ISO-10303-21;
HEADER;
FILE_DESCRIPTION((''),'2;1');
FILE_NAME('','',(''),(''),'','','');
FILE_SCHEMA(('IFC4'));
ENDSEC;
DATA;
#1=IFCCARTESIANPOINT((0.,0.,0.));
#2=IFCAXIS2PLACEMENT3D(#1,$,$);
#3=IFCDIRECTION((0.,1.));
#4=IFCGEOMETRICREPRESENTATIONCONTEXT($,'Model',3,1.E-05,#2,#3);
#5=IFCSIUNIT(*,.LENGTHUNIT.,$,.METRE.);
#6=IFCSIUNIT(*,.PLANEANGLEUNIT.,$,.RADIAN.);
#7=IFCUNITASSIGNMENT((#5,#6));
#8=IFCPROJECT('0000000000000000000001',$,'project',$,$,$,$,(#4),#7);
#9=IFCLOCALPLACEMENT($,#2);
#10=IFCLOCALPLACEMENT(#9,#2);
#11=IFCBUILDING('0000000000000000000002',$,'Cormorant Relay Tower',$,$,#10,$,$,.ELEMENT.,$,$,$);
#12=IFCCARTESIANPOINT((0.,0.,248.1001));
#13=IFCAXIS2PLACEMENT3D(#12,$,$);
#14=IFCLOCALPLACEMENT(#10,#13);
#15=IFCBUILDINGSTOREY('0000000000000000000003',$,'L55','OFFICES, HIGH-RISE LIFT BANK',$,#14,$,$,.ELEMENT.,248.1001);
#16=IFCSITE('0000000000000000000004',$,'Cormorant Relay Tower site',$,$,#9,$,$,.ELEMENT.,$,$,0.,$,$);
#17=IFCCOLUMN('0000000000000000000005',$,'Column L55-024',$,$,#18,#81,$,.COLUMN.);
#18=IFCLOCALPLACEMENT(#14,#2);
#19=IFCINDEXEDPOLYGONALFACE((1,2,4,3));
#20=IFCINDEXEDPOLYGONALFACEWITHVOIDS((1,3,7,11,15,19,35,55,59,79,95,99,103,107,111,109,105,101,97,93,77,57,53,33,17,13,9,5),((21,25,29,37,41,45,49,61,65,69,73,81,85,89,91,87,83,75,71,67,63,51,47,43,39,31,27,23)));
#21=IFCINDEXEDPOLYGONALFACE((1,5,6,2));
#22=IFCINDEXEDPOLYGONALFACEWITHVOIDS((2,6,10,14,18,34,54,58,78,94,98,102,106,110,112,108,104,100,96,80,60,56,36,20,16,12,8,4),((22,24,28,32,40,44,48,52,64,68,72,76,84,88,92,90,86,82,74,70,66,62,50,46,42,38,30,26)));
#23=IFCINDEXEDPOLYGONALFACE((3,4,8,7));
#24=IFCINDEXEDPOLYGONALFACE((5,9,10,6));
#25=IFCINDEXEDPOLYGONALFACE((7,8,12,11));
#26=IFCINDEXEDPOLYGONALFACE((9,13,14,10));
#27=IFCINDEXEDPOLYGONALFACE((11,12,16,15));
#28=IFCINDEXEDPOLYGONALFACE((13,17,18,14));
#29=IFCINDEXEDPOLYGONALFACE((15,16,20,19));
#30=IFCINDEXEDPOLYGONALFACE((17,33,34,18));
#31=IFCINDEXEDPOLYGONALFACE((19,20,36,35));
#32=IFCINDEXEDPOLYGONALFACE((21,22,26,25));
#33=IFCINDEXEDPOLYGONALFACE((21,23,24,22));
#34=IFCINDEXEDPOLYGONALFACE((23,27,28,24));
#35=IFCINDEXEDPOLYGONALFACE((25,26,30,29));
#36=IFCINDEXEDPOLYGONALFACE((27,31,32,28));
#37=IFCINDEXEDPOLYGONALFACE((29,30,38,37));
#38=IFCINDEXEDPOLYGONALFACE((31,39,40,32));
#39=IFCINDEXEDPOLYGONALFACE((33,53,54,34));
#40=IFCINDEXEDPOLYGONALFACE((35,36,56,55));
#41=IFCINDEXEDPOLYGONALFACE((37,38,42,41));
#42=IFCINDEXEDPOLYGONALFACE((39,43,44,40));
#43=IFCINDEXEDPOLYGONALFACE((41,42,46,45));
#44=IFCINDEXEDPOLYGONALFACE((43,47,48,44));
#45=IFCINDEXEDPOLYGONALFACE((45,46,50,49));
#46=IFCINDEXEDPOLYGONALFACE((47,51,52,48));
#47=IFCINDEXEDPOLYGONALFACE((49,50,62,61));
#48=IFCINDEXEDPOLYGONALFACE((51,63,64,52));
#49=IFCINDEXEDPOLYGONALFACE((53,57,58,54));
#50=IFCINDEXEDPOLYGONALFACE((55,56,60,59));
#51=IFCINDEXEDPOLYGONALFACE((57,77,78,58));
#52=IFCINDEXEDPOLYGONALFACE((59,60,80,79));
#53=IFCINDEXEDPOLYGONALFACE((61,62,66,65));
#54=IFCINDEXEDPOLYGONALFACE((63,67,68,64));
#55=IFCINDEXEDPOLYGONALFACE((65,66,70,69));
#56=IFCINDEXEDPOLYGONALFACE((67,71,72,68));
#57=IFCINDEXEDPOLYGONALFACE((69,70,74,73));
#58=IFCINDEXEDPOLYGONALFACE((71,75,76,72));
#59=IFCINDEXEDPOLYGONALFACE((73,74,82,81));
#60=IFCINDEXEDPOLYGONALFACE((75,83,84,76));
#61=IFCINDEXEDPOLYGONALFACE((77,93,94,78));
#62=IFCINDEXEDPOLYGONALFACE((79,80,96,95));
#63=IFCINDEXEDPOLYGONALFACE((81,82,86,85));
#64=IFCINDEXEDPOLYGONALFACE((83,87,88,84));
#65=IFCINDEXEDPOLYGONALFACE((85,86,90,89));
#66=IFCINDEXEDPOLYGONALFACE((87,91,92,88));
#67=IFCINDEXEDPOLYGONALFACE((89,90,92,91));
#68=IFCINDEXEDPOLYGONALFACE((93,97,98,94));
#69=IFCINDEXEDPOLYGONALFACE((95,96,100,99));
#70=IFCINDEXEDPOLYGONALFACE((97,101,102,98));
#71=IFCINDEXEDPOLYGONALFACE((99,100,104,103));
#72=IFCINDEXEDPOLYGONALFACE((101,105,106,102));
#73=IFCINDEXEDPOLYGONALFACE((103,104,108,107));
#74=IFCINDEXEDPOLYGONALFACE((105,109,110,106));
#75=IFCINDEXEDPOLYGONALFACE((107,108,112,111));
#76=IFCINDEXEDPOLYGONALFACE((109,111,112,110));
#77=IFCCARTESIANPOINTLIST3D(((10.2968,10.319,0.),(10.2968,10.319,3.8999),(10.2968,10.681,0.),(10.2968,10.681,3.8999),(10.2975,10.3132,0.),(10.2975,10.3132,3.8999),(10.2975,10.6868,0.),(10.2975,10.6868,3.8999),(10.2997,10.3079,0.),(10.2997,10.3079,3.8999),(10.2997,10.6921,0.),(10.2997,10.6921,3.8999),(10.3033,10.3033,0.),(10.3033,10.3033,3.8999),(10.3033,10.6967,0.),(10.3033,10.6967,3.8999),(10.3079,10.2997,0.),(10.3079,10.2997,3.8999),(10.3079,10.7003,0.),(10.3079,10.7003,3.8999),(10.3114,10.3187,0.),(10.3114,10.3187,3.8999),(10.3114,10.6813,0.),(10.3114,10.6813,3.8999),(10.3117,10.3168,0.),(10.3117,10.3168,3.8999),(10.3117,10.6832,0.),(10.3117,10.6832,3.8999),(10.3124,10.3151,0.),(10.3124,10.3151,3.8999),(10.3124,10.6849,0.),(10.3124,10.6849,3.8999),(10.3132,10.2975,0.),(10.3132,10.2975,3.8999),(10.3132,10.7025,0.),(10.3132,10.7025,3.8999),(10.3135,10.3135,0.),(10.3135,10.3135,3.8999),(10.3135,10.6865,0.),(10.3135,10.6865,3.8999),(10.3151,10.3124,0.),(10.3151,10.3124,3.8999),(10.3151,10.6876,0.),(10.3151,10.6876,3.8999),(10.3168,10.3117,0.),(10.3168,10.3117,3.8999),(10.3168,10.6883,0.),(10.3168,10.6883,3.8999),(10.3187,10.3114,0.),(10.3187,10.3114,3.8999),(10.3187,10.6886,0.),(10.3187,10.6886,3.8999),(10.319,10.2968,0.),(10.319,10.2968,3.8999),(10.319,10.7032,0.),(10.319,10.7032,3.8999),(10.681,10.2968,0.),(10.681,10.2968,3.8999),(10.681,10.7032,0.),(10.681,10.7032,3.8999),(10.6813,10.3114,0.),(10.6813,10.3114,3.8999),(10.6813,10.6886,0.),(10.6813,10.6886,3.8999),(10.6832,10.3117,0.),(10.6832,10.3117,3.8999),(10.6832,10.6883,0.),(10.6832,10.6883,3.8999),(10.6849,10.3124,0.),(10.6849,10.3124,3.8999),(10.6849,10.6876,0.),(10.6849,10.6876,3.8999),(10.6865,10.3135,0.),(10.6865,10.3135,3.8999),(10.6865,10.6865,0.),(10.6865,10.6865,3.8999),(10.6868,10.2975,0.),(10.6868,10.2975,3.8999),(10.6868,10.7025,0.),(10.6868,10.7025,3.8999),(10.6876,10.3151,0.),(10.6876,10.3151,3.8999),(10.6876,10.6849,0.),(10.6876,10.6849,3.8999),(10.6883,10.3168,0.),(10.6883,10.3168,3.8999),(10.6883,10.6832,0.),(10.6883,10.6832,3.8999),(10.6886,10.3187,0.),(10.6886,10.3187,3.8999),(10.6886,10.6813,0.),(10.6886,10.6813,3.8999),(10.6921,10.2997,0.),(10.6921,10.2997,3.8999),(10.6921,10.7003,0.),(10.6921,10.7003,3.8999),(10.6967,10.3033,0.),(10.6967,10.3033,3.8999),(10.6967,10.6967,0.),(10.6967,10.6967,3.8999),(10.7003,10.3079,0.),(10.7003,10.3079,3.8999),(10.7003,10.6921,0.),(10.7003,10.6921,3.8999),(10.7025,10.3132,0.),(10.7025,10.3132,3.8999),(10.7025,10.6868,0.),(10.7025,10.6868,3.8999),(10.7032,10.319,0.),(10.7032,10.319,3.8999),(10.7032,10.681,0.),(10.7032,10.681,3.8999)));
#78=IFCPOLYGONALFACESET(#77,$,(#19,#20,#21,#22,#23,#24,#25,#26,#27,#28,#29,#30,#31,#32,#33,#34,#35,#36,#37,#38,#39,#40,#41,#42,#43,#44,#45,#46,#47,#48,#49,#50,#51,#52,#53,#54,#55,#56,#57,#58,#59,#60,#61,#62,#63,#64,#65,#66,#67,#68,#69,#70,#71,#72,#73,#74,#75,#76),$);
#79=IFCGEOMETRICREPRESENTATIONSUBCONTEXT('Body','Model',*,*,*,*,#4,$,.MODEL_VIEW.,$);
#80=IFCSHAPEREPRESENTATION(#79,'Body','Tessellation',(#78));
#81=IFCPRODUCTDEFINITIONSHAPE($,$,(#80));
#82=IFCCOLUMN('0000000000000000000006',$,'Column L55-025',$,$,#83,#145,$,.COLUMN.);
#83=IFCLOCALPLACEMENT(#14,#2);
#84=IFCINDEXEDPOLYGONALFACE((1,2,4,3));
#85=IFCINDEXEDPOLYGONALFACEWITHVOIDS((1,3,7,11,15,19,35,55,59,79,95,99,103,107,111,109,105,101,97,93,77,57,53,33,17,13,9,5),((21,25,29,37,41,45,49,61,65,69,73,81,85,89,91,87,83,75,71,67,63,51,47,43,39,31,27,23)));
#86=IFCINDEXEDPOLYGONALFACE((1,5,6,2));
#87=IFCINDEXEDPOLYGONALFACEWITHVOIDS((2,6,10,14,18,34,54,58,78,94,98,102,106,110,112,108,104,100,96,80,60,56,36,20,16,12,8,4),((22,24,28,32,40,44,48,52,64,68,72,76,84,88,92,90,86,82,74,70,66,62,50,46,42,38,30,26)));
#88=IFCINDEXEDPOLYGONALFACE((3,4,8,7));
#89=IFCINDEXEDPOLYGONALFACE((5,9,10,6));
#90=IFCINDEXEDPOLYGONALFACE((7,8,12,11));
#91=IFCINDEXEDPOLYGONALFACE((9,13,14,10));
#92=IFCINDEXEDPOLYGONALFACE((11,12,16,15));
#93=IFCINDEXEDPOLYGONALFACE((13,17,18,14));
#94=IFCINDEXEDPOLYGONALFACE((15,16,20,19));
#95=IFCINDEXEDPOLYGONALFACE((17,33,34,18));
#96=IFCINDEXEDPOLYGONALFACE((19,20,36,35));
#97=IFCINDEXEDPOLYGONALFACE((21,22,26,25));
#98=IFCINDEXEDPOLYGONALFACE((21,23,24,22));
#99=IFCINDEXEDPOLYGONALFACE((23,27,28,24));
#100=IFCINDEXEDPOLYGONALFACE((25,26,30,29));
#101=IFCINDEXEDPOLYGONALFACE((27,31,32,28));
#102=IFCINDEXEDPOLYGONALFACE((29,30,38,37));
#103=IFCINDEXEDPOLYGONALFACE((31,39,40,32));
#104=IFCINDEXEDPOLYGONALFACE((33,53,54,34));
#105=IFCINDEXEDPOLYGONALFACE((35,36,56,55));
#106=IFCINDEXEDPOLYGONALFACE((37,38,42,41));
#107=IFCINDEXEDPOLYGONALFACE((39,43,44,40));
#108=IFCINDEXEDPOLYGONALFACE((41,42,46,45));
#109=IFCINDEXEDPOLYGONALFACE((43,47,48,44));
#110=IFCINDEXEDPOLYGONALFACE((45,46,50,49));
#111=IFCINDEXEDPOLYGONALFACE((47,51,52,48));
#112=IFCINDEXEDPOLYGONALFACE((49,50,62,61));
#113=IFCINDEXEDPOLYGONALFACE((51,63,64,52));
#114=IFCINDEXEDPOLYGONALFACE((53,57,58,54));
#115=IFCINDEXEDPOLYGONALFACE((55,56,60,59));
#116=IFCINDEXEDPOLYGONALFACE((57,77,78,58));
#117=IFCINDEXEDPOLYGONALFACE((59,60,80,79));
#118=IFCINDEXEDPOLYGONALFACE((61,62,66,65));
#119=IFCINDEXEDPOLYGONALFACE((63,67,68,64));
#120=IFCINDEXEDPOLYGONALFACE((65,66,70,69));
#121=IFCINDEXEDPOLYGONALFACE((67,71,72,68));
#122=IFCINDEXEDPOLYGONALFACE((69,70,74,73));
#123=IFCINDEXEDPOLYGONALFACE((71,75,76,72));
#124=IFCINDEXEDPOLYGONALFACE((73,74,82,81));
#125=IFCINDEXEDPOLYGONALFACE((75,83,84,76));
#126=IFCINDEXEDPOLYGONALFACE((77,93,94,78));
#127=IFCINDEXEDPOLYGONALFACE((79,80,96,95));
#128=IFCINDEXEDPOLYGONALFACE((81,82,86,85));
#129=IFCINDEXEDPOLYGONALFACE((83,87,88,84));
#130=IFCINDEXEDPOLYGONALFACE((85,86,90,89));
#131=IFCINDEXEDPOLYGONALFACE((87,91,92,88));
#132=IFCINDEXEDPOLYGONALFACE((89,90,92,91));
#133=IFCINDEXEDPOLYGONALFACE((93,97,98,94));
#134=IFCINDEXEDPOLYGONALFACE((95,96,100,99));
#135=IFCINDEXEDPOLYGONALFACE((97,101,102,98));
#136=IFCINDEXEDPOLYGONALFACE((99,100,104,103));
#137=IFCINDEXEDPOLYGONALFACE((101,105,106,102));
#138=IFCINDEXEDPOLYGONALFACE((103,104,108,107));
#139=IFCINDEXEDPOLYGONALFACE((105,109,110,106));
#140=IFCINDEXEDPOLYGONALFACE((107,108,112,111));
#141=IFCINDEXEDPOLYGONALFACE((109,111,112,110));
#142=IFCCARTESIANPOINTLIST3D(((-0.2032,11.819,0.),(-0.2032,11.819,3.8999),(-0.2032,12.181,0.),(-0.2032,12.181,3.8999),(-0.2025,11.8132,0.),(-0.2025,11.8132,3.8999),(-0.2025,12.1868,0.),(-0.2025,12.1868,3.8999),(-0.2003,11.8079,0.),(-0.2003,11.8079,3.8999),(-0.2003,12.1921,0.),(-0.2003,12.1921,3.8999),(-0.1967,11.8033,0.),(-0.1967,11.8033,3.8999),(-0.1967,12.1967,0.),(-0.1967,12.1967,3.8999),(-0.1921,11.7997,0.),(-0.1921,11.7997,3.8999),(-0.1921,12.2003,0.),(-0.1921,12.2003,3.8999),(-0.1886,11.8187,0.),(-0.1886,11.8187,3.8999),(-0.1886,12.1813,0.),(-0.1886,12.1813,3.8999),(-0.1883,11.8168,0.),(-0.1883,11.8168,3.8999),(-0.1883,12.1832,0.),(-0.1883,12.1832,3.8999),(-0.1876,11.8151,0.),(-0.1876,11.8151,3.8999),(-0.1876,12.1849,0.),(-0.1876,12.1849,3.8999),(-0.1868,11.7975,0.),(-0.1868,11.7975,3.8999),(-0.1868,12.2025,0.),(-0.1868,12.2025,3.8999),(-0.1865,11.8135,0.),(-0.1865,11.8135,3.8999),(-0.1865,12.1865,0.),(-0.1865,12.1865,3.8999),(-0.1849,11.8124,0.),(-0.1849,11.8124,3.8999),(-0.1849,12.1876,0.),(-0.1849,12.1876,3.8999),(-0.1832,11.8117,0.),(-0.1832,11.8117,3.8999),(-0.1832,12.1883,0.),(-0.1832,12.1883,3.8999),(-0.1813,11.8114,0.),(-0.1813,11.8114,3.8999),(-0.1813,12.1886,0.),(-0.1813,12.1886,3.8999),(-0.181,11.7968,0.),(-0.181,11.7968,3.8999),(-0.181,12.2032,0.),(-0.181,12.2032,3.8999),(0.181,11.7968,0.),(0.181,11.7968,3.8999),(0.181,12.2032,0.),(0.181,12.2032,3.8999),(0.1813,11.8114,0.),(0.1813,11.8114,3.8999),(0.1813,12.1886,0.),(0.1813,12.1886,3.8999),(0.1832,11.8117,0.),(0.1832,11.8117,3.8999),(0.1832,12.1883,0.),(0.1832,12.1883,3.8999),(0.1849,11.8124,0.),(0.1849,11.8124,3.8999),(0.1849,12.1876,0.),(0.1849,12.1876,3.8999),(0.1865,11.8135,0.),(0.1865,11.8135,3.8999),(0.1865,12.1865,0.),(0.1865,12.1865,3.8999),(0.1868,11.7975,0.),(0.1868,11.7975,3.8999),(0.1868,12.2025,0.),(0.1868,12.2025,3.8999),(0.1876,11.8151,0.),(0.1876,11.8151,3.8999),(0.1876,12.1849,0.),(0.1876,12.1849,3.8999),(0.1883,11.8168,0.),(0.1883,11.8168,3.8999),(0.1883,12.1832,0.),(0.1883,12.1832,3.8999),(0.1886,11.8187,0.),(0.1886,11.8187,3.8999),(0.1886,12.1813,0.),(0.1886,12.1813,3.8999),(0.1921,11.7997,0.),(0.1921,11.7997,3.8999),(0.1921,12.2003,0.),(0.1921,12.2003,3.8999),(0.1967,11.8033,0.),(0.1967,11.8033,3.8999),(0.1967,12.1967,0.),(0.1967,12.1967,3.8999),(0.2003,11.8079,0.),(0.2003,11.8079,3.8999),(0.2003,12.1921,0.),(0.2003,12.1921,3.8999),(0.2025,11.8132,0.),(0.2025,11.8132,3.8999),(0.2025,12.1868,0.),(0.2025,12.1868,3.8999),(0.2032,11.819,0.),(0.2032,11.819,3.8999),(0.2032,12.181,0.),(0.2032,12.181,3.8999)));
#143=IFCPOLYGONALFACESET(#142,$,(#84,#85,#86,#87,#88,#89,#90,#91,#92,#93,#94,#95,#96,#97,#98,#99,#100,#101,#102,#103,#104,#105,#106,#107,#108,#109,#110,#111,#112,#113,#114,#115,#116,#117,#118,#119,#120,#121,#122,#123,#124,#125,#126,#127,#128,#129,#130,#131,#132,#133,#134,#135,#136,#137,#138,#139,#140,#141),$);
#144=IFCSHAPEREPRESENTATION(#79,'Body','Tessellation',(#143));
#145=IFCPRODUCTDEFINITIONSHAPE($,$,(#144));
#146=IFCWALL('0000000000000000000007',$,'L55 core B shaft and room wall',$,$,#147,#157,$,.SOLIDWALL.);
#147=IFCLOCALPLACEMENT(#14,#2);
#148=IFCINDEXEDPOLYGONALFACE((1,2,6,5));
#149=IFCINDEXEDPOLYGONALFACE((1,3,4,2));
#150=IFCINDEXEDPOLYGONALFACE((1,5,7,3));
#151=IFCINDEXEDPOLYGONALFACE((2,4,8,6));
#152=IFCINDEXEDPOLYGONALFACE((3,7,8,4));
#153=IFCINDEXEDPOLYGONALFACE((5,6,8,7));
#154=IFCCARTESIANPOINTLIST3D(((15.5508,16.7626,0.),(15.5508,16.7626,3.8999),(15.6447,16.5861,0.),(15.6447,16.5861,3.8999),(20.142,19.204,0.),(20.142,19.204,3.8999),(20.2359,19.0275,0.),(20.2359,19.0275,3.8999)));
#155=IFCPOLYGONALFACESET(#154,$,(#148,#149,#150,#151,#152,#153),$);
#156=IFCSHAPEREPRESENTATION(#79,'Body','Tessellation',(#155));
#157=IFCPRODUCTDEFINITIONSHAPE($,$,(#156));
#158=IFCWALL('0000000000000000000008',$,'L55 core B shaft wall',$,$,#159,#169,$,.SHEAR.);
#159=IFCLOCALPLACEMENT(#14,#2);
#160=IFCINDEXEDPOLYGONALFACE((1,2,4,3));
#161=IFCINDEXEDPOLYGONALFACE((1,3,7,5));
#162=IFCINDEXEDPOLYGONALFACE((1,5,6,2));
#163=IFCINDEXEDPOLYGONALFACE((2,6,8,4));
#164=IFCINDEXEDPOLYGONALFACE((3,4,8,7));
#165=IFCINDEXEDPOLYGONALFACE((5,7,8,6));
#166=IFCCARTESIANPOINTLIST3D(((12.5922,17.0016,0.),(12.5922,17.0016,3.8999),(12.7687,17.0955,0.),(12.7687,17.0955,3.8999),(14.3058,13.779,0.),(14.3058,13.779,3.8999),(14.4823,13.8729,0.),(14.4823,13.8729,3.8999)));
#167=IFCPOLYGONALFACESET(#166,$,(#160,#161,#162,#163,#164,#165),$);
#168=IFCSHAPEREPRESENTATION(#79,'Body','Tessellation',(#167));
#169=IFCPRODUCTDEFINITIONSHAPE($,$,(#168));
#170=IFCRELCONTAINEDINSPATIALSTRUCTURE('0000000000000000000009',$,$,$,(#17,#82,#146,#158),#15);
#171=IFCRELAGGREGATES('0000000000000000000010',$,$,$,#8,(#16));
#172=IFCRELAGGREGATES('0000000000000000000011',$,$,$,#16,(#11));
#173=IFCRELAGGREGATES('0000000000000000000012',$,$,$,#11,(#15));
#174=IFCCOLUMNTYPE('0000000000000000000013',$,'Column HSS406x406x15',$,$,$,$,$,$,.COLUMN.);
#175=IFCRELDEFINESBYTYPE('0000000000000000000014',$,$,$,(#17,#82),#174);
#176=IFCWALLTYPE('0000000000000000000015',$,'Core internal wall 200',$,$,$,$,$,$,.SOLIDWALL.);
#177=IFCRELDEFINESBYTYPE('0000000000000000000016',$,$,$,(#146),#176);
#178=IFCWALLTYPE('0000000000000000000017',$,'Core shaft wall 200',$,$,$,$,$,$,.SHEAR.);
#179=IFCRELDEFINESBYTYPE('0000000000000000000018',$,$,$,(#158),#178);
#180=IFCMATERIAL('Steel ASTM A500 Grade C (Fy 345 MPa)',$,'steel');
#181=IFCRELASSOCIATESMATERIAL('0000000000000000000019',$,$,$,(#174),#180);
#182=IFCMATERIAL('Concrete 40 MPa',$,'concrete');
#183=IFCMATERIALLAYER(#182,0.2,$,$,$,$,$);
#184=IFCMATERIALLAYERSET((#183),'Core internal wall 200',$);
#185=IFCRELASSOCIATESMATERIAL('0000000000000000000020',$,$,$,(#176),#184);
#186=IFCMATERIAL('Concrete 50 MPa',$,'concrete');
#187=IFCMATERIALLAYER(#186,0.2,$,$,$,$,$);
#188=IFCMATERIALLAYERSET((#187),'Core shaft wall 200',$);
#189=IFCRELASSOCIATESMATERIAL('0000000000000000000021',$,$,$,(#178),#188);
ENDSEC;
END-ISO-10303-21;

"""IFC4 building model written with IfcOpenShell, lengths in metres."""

from ifc_helpers import new_model, si_unit, direction, frame, frame_2d, origin, origin_2d, place, context, subcontext, project, spatial, rectangle, hollow_rectangle, extrude, material, layer, layer_set, material_profile, profile_set, type_object, element, save


model = new_model("IFC4")

# Units and contexts
model_context = context("Model", 3, precision=1e-05, world=origin(), true_north=direction((0.0, 1.0)))
body_context = subcontext(model_context, "Body", "Model", "MODEL_VIEW")
ifc_project = project(units=[si_unit("LENGTHUNIT", "METRE"), si_unit("PLANEANGLEUNIT", "RADIAN")], contexts=[model_context])

# Site, building, storey
site_placement = place(None, origin())
site = spatial("IfcSite", under=ifc_project, at=site_placement, Name="Cormorant Relay Tower site", CompositionType="ELEMENT", RefElevation=0.0)
building_placement = place(site_placement, origin())
building = spatial("IfcBuilding", under=site, at=building_placement, Name="Cormorant Relay Tower", CompositionType="ELEMENT")
storey_placement = place(building_placement, frame((0.0, 0.0, 248.1001)))
storey = spatial("IfcBuildingStorey", under=building, at=storey_placement, Name="L55", Description="OFFICES, HIGH-RISE LIFT BANK", CompositionType="ELEMENT", Elevation=248.1001)

# Columns
ifc_material_1 = material(Name="Steel ASTM A500 Grade C (Fy 345 MPa)", Category="steel")
ifc_material_profile = material_profile(ifc_material_1, hollow_rectangle(XDim=0.4065, YDim=0.4065, WallThickness=0.0146, InnerFilletRadius=0.0073, OuterFilletRadius=0.0222, at=origin_2d()), Name="HSS406x406x15")
ifc_profile_set = profile_set([ifc_material_profile], Name="Steel ASTM A500 Grade C (Fy 345 MPa)")
column_type = type_object("IfcColumnType", Name="Column HSS406x406x15", PredefinedType="COLUMN", material=ifc_profile_set)
for number, where, z_axis, x_axis, name in (
    (1, (10.5, 10.5, 0.0), (0.0, 0.0, 1.0), (1.0, 0.0, 0.0), "Column L55-024"),
    (2, (0.0, 12.0, 0.0), (0.0, 0.0, 1.0), (1.0, 0.0, 0.0), "Column L55-025"),
):
    element("IfcColumn", number, at=place(storey_placement, frame(where, z_axis=z_axis, x_axis=x_axis)), inside=storey, type_object=column_type, Name=name, PredefinedType="COLUMN", context=body_context, shape_type="SweptSolid", body=[
        extrude(hollow_rectangle(XDim=0.4065, YDim=0.4065, WallThickness=0.0146, InnerFilletRadius=0.0073, OuterFilletRadius=0.0222, at=origin_2d()), origin(), (0.0, 0.0, 1.0), 3.8999),
    ])

# Walls
ifc_material_2 = material(Name="Concrete 40 MPa", Category="concrete")
ifc_layer_1 = layer(ifc_material_2, 0.2)
ifc_layer_set_1 = layer_set([ifc_layer_1], Name="Core internal wall 200")
wall_type_1 = type_object("IfcWallType", Name="Core internal wall 200", PredefinedType="SOLIDWALL", material=ifc_layer_set_1)
wall_1_placement = place(storey_placement, frame((15.5977, 16.6743, 0.0), z_axis=(0.0, 0.0, 1.0), x_axis=(0.882935, 0.469496, 0.0)))
element("IfcWall", 3, at=wall_1_placement, inside=storey, type_object=wall_type_1, Name="L55 core B shaft and room wall", PredefinedType="SOLIDWALL", context=body_context, shape_type="SweptSolid", body=[
    extrude(rectangle(XDim=5.2, YDim=0.2, at=frame_2d((2.6001, 0.0))), origin(), (0.0, 0.0, 1.0), 3.8999),
])
ifc_material_3 = material(Name="Concrete 50 MPa", Category="concrete")
ifc_layer_2 = layer(ifc_material_3, 0.2)
ifc_layer_set_2 = layer_set([ifc_layer_2], Name="Core shaft wall 200")
wall_type_2 = type_object("IfcWallType", Name="Core shaft wall 200", PredefinedType="SHEAR", material=ifc_layer_set_2)
wall_2_placement = place(storey_placement, frame((14.394, 13.8259, 0.0), z_axis=(0.0, 0.0, 1.0), x_axis=(-0.469494, 0.882936, 0.0)))
element("IfcWall", 4, at=wall_2_placement, inside=storey, type_object=wall_type_2, Name="L55 core B shaft wall", PredefinedType="SHEAR", context=body_context, shape_type="SweptSolid", body=[
    extrude(rectangle(XDim=3.6499, YDim=0.2, at=frame_2d((1.825, 0.0))), origin(), (0.0, 0.0, 1.0), 3.8999),
])

save(model, "model.ifc")
